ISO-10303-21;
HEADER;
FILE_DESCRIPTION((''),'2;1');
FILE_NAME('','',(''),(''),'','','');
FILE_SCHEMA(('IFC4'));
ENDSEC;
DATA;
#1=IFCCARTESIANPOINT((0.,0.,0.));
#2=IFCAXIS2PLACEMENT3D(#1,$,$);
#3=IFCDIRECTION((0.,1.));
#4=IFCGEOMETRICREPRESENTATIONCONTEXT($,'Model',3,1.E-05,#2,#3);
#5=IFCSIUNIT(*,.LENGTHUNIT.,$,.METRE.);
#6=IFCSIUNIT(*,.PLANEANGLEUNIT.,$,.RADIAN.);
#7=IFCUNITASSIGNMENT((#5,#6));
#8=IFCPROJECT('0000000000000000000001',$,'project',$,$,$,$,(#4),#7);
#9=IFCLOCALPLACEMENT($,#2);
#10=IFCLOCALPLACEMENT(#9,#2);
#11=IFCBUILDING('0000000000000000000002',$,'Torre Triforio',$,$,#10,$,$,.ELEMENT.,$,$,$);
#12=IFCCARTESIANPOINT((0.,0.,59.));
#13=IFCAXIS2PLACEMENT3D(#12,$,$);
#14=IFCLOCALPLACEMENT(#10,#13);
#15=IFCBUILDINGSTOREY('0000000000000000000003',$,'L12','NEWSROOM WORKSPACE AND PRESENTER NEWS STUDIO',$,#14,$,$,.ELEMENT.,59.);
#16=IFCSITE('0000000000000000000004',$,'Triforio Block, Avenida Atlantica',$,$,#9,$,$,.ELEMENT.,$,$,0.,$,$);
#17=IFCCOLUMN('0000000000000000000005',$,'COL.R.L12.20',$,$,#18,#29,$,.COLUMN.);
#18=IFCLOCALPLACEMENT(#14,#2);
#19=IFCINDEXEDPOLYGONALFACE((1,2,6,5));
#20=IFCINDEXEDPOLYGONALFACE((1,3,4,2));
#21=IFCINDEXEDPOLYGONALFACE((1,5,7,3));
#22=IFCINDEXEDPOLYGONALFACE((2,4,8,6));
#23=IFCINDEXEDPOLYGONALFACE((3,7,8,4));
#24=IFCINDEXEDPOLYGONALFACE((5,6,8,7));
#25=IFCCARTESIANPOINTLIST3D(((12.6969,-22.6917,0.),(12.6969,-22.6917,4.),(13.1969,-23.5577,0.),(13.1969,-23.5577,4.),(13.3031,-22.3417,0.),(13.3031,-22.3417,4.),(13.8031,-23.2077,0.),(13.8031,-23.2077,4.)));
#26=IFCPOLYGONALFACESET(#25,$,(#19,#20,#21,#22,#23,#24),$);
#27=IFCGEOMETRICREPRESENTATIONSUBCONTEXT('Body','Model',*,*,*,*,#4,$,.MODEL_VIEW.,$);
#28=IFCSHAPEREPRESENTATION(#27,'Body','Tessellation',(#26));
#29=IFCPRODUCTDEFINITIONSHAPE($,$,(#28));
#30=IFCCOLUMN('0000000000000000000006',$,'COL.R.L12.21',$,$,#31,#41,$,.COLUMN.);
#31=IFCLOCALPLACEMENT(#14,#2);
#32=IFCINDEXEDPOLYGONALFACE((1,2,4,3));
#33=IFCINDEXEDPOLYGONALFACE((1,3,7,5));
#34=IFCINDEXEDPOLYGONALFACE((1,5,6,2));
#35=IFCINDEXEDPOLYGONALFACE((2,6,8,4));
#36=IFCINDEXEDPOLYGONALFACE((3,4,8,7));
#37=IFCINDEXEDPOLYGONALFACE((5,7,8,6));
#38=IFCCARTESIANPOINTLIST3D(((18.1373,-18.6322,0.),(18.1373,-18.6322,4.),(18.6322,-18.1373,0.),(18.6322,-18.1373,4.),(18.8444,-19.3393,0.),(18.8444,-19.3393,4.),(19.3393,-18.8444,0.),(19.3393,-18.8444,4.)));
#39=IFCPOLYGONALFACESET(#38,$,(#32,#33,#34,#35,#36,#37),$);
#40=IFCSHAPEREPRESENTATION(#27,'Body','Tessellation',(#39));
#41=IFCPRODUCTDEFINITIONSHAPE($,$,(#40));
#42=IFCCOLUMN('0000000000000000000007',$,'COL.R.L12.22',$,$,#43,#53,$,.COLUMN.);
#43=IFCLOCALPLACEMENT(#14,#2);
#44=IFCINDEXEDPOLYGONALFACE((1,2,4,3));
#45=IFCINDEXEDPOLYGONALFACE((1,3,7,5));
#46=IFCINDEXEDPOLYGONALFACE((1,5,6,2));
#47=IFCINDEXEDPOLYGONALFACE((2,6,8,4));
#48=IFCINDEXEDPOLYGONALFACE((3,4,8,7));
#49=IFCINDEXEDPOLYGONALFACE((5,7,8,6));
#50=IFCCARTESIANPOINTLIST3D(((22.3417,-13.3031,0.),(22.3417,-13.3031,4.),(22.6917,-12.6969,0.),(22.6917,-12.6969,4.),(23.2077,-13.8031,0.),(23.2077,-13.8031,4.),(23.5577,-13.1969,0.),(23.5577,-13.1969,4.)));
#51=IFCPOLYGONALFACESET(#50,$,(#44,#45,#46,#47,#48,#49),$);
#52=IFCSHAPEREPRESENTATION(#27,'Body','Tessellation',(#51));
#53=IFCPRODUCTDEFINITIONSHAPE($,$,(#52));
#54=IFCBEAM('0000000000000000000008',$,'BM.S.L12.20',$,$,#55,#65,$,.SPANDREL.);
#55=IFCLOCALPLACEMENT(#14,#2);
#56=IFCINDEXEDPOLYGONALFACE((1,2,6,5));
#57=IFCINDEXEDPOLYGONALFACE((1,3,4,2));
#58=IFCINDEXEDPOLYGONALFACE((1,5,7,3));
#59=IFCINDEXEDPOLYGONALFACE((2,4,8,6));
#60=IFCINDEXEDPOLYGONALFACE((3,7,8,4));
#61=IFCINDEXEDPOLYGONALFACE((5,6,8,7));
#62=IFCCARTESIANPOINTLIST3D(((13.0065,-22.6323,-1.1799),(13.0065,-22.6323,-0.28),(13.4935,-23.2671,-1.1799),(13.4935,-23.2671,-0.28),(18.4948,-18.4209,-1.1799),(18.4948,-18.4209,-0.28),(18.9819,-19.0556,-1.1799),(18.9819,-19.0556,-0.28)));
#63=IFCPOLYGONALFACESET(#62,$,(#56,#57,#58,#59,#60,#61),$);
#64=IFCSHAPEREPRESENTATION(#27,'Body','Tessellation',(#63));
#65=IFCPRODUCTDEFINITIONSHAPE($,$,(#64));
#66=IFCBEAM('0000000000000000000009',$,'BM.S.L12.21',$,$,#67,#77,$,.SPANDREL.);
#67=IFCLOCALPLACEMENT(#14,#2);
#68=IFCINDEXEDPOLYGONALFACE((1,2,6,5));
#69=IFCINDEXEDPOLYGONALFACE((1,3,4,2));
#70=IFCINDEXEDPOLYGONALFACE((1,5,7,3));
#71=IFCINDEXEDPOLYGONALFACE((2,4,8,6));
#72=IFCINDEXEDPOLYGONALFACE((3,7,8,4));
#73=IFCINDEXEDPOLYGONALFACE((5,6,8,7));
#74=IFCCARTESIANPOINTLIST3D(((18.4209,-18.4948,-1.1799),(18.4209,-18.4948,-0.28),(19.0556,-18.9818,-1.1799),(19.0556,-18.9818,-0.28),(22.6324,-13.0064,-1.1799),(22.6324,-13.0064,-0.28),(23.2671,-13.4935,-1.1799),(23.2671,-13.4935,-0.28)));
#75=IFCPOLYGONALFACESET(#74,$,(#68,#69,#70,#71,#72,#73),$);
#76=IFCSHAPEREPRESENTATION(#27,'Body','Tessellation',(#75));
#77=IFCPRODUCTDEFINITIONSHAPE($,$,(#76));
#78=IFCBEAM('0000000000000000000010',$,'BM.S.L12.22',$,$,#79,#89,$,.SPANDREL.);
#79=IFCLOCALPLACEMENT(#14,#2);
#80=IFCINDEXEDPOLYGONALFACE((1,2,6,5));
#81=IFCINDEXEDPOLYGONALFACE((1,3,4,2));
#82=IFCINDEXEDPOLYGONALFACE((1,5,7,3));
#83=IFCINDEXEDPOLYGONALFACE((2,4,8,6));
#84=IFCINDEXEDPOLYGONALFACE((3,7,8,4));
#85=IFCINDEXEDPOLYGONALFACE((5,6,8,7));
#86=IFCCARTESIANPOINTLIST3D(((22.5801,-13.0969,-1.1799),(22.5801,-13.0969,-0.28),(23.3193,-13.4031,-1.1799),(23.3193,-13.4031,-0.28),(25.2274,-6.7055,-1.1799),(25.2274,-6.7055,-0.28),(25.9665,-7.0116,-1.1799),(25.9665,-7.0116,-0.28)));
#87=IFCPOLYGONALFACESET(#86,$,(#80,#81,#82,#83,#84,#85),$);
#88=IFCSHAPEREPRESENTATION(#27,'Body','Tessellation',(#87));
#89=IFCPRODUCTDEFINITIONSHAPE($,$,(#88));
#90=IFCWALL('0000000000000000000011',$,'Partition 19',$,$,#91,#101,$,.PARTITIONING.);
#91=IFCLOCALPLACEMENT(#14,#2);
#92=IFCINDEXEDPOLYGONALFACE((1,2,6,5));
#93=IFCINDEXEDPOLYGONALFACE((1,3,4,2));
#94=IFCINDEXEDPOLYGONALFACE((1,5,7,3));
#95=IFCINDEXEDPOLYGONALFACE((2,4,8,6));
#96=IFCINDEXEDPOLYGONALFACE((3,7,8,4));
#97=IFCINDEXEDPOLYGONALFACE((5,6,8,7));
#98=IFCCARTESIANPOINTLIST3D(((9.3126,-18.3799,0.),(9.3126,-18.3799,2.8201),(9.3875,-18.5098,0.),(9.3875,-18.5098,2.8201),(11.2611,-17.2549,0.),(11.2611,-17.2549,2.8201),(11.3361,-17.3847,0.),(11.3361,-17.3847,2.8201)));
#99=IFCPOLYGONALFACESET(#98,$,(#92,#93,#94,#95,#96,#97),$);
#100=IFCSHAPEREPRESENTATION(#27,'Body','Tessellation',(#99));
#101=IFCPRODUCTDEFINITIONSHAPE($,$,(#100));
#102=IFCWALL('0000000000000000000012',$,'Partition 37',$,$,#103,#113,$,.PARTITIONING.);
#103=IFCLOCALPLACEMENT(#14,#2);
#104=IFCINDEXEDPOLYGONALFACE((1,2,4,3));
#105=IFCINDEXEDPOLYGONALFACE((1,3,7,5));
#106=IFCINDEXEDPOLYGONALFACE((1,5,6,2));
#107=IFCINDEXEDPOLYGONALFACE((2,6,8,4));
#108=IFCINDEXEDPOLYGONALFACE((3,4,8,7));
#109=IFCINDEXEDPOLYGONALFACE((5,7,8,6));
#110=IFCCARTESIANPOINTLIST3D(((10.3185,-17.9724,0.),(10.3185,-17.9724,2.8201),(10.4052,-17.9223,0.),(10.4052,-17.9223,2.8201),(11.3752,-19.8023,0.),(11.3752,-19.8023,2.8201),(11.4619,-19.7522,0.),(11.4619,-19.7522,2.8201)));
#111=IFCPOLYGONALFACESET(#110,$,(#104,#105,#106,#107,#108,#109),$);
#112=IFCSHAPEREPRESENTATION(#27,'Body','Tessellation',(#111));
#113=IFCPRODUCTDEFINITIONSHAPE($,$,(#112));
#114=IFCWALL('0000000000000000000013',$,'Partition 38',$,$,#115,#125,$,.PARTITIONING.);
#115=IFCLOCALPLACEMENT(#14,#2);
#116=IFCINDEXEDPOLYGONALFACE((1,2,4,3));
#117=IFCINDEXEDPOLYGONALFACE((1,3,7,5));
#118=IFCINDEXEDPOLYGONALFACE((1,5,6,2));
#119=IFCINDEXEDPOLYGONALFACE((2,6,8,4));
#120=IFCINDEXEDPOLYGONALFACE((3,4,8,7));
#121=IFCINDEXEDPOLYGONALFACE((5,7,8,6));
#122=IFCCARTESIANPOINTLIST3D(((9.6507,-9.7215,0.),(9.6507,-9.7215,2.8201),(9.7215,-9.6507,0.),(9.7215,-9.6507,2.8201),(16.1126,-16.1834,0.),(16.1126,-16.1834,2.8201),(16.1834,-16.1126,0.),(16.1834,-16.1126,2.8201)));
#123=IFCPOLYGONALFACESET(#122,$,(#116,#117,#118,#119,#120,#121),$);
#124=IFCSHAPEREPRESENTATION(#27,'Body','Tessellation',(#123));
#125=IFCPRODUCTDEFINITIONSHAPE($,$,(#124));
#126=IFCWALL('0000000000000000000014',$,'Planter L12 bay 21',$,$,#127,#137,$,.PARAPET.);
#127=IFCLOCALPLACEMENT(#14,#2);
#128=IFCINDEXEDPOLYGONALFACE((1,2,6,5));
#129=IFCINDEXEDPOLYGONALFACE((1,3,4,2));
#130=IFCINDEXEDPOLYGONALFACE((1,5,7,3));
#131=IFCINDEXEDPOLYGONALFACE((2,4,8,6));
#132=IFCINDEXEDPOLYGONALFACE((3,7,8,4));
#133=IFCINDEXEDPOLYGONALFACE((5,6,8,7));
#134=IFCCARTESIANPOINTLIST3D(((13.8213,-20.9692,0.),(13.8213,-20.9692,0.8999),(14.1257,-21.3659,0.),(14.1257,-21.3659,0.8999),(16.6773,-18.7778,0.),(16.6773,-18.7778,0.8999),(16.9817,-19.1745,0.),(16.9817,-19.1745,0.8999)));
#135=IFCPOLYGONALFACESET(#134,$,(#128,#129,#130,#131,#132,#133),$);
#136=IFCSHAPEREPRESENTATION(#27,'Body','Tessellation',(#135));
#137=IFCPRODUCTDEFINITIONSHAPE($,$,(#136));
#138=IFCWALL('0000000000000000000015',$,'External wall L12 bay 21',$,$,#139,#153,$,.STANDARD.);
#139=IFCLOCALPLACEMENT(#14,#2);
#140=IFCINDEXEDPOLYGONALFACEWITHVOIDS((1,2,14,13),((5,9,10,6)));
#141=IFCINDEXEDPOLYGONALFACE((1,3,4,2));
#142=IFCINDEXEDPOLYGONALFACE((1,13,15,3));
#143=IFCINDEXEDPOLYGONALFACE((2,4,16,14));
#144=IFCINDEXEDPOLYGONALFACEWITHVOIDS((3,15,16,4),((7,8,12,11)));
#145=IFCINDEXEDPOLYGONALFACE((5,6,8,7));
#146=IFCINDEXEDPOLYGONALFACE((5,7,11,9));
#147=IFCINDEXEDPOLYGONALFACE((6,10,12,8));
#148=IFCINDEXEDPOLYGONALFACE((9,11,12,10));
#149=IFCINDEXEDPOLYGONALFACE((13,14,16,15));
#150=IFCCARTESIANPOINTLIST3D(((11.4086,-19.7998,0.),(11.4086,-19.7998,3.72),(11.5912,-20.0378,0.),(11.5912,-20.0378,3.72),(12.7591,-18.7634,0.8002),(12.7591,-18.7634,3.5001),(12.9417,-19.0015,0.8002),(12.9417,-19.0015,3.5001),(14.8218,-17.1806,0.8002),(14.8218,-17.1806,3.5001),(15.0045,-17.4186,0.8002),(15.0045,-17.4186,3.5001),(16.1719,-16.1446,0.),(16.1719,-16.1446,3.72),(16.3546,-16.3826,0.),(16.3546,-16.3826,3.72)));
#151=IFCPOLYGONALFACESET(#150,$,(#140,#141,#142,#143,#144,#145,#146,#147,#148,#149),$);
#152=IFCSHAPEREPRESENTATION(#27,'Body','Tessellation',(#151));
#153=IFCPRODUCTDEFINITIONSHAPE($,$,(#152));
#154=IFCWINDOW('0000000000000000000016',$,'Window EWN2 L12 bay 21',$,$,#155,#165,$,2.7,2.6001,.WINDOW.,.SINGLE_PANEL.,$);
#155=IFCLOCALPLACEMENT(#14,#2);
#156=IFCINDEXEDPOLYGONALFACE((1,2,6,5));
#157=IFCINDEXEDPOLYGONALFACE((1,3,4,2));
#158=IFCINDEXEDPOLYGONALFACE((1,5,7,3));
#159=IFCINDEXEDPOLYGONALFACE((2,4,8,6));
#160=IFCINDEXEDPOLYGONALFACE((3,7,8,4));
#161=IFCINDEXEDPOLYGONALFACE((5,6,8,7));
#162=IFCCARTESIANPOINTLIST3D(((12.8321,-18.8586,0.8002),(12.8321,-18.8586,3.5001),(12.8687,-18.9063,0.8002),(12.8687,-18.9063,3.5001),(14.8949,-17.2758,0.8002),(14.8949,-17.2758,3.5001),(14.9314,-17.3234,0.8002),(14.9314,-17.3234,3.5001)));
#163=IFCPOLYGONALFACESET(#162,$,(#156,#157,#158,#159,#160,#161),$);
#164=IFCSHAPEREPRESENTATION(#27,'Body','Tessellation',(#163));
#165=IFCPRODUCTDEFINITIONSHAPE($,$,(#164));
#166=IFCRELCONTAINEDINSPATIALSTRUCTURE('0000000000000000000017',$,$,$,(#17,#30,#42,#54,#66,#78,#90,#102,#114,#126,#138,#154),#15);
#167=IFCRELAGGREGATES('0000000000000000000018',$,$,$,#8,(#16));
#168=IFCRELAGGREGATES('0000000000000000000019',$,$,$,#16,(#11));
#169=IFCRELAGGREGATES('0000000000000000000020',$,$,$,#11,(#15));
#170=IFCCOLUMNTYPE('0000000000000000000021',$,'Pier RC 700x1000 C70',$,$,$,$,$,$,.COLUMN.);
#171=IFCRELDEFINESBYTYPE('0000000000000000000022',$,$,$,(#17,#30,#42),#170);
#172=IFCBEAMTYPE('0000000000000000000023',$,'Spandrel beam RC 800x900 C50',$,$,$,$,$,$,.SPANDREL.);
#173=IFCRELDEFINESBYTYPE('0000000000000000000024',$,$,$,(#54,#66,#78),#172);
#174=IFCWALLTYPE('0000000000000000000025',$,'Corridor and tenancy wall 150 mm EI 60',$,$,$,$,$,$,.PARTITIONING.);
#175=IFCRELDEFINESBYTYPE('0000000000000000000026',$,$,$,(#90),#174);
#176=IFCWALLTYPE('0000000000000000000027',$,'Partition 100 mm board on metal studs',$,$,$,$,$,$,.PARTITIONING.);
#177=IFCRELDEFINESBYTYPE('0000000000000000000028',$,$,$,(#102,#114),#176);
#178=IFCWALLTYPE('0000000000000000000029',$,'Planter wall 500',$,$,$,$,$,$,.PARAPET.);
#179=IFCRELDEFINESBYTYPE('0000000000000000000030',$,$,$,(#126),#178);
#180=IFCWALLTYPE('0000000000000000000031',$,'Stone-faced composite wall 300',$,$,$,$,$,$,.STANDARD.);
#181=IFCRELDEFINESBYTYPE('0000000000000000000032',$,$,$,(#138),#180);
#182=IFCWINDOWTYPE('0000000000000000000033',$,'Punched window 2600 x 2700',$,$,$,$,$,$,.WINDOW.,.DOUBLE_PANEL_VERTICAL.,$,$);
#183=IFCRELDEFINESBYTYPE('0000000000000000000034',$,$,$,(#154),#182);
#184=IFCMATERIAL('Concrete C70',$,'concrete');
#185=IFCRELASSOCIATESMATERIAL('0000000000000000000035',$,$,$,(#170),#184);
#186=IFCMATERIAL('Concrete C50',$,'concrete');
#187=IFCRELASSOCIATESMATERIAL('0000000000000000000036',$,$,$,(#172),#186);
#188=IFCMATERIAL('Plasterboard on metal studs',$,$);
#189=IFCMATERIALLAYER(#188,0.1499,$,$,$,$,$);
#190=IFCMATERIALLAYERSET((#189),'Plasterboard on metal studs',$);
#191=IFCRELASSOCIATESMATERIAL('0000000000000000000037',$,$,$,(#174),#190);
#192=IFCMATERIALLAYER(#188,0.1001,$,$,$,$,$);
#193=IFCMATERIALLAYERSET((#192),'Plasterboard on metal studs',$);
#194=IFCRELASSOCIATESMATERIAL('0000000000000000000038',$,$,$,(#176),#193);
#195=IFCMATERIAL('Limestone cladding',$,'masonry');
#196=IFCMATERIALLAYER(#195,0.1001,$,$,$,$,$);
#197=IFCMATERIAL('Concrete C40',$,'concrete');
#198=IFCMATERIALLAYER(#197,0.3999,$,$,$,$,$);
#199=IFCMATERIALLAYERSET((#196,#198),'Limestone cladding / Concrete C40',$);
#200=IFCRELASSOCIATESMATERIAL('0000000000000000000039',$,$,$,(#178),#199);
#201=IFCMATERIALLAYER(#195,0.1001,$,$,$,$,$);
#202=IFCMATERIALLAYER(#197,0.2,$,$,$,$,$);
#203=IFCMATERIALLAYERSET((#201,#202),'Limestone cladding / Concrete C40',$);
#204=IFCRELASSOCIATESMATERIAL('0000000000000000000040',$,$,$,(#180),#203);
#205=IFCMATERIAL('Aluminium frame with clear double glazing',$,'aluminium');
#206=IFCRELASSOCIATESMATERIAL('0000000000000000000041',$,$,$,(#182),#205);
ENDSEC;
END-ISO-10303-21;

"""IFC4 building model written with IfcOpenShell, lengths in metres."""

from ifc_helpers import new_model, si_unit, direction, frame, frame_2d, origin, origin_2d, place, context, subcontext, project, spatial, rectangle, extrude, material, layer, layer_set, material_profile, profile_set, type_object, element, fill, save


model = new_model("IFC4")

# Units and contexts
model_context = context("Model", 3, precision=1e-05, world=origin(), true_north=direction((0.0, 1.0)))
body_context = subcontext(model_context, "Body", "Model", "MODEL_VIEW")
ifc_project = project(units=[si_unit("LENGTHUNIT", "METRE"), si_unit("PLANEANGLEUNIT", "RADIAN")], contexts=[model_context])

# Site, building, storey
site_placement = place(None, origin())
site = spatial("IfcSite", under=ifc_project, at=site_placement, Name="Triforio Block, Avenida Atlantica", CompositionType="ELEMENT", RefElevation=0.0)
building_placement = place(site_placement, origin())
building = spatial("IfcBuilding", under=site, at=building_placement, Name="Torre Triforio", CompositionType="ELEMENT")
storey_placement = place(building_placement, frame((0.0, 0.0, 59.0)))
storey = spatial("IfcBuildingStorey", under=building, at=storey_placement, Name="L12", Description="NEWSROOM WORKSPACE AND PRESENTER NEWS STUDIO", CompositionType="ELEMENT", Elevation=59.0)

# Columns
ifc_material_1 = material(Name="Concrete C70", Category="concrete")
ifc_material_profile_1 = material_profile(ifc_material_1, rectangle(XDim=0.7, YDim=1.0, at=origin_2d()), Name="RC 700x1000")
ifc_profile_set_1 = profile_set([ifc_material_profile_1], Name="Concrete C70")
column_type = type_object("IfcColumnType", Name="Pier RC 700x1000 C70", PredefinedType="COLUMN", material=ifc_profile_set_1)
for number, where, z_axis, x_axis, name in (
    (1, (13.25, -22.9497, 0.0), (0.0, 0.0, 1.0), (0.866025, 0.5, 0.0), "COL.R.L12.20"),
    (2, (18.7383, -18.7383, 0.0), (0.0, 0.0, 1.0), (0.707107, 0.707107, 0.0), "COL.R.L12.21"),
    (3, (22.9497, -13.25, 0.0), (0.0, 0.0, 1.0), (0.5, 0.866025, 0.0), "COL.R.L12.22"),
):
    element("IfcColumn", number, at=place(storey_placement, frame(where, z_axis=z_axis, x_axis=x_axis)), inside=storey, type_object=column_type, Name=name, PredefinedType="COLUMN", context=body_context, shape_type="SweptSolid", body=[
        extrude(rectangle(XDim=0.7, YDim=1.0, at=origin_2d()), origin(), (0.0, 0.0, 1.0), 4.0),
    ])

# Beams
ifc_material_2 = material(Name="Concrete C50", Category="concrete")
ifc_material_profile_2 = material_profile(ifc_material_2, rectangle(XDim=0.8, YDim=0.8999, at=origin_2d()), Name="RC 800x900")
ifc_profile_set_2 = profile_set([ifc_material_profile_2], Name="Concrete C50")
beam_type = type_object("IfcBeamType", Name="Spandrel beam RC 800x900 C50", PredefinedType="SPANDREL", material=ifc_profile_set_2)
for number, where, z_axis, x_axis, name in (
    (4, (13.25, -22.9497, -0.73), (0.793345, 0.608772, 0.0), (-0.608772, 0.793345, 0.0), "BM.S.L12.20"),
    (5, (18.7383, -18.7383, -0.73), (0.608772, 0.793345, 0.0), (-0.793345, 0.608772, 0.0), "BM.S.L12.21"),
    (6, (22.9497, -13.25, -0.73), (0.382662, 0.923888, 0.0), (-0.923888, 0.382662, 0.0), "BM.S.L12.22"),
):
    element("IfcBeam", number, at=place(storey_placement, frame(where, z_axis=z_axis, x_axis=x_axis)), inside=storey, type_object=beam_type, Name=name, PredefinedType="SPANDREL", context=body_context, shape_type="SweptSolid", body=[
        extrude(rectangle(XDim=0.8, YDim=0.8999, at=origin_2d()), origin(), (0.0, 0.0, 1.0), 6.918),
    ])

# Walls
ifc_material_3 = material(Name="Plasterboard on metal studs")
ifc_layer_1 = layer(ifc_material_3, 0.1499)
ifc_layer_set_1 = layer_set([ifc_layer_1], Name="Plasterboard on metal studs")
wall_type_1 = type_object("IfcWallType", Name="Corridor and tenancy wall 150 mm EI 60", PredefinedType="PARTITIONING", material=ifc_layer_set_1)
wall_1_placement = place(storey_placement, frame((11.2986, -17.3198, 0.0), z_axis=(0.0, 0.0, 1.0), x_axis=(-0.866018, -0.500014, 0.0)))
element("IfcWall", 7, at=wall_1_placement, inside=storey, type_object=wall_type_1, Name="Partition 19", PredefinedType="PARTITIONING", context=body_context, shape_type="SweptSolid", body=[
    extrude(rectangle(XDim=2.25, YDim=0.1499, at=frame_2d((1.125, 0.0))), origin(), (0.0, 0.0, 1.0), 2.8201),
])
ifc_layer_2 = layer(ifc_material_3, 0.1001)
ifc_layer_set_2 = layer_set([ifc_layer_2], Name="Plasterboard on metal studs")
wall_type_2 = type_object("IfcWallType", Name="Partition 100 mm board on metal studs", PredefinedType="PARTITIONING", material=ifc_layer_set_2)
wall_2_placement = place(storey_placement, frame((10.3618, -17.9473, 0.0), z_axis=(0.0, 0.0, 1.0), x_axis=(0.500066, -0.865987, 0.0)))
element("IfcWall", 8, at=wall_2_placement, inside=storey, type_object=wall_type_2, Name="Partition 37", PredefinedType="PARTITIONING", context=body_context, shape_type="SweptSolid", body=[
    extrude(rectangle(XDim=2.113, YDim=0.1001, at=frame_2d((1.0566, 0.0))), origin(), (0.0, 0.0, 1.0), 2.8201),
])
wall_3_placement = place(storey_placement, frame((9.686, -9.686, 0.0), z_axis=(0.0, 0.0, 1.0), x_axis=(0.707107, -0.707107, 0.0)))
element("IfcWall", 9, at=wall_3_placement, inside=storey, type_object=wall_type_2, Name="Partition 38", PredefinedType="PARTITIONING", context=body_context, shape_type="SweptSolid", body=[
    extrude(rectangle(XDim=9.1384, YDim=0.1001, at=frame_2d((4.5693, 0.0))), origin(), (0.0, 0.0, 1.0), 2.8201),
])
ifc_material_4 = material(Name="Limestone cladding", Category="masonry")
ifc_layer_3 = layer(ifc_material_4, 0.1001)
ifc_material_5 = material(Name="Concrete C40", Category="concrete")
ifc_layer_4 = layer(ifc_material_5, 0.3999)
ifc_layer_set_3 = layer_set([ifc_layer_3, ifc_layer_4], Name="Limestone cladding / Concrete C40")
wall_type_3 = type_object("IfcWallType", Name="Planter wall 500", PredefinedType="PARAPET", material=ifc_layer_set_3)
wall_4_placement = place(storey_placement, frame((13.9736, -21.1675, 0.0), z_axis=(0.0, 0.0, 1.0), x_axis=(0.79336, 0.608753, 0.0)))
element("IfcWall", 10, at=wall_4_placement, inside=storey, type_object=wall_type_3, Name="Planter L12 bay 21", PredefinedType="PARAPET", context=body_context, shape_type="SweptSolid", body=[
    extrude(rectangle(XDim=3.5999, YDim=0.5, at=frame_2d((1.7998, 0.0))), origin(), (0.0, 0.0, 1.0), 0.8999),
])

# Wall, opening, window
ifc_layer_5 = layer(ifc_material_4, 0.1001)
ifc_layer_6 = layer(ifc_material_5, 0.2)
ifc_layer_set_4 = layer_set([ifc_layer_5, ifc_layer_6], Name="Limestone cladding / Concrete C40")
wall_type_4 = type_object("IfcWallType", Name="Stone-faced composite wall 300", PredefinedType="STANDARD", material=ifc_layer_set_4)
wall_5_placement = place(storey_placement, frame((11.5, -19.9187, 0.0), z_axis=(0.0, 0.0, 1.0), x_axis=(0.79334, 0.608779, 0.0)))
wall_5 = element("IfcWall", 11, at=wall_5_placement, inside=storey, type_object=wall_type_4, Name="External wall L12 bay 21", PredefinedType="STANDARD", context=body_context, shape_type="SweptSolid", body=[
    extrude(rectangle(XDim=6.0042, YDim=0.3, at=frame_2d((3.002, 0.0))), origin(), (0.0, 0.0, 1.0), 3.72),
])
opening_1_placement = place(wall_5_placement, frame((1.7021, 0.0, 0.8)))
opening_1 = element("IfcOpeningElement", 12, at=opening_1_placement, cuts=wall_5, PredefinedType="OPENING", context=body_context, shape_type="SweptSolid", body=[
    extrude(rectangle(XDim=2.6001, YDim=2.7, at=frame_2d((1.3, 1.3501))), frame((0.0, 0.1599, 0.0), z_axis=(0.0, -1.0, 0.0), x_axis=(1.0, 0.0, 0.0)), (0.0, 0.0, 1.0), 0.3201),
])
ifc_material_6 = material(Name="Aluminium frame with clear double glazing", Category="aluminium")
window_type_1 = type_object("IfcWindowType", Name="Punched window 2600 x 2700", PartitioningType="DOUBLE_PANEL_VERTICAL", PredefinedType="WINDOW", material=ifc_material_6)
window_1_placement = place(opening_1_placement, origin())
window_1 = element("IfcWindow", 13, at=window_1_placement, inside=storey, type_object=window_type_1, Name="Window EWN2 L12 bay 21", OverallHeight=2.7, OverallWidth=2.6001, PartitioningType="SINGLE_PANEL", PredefinedType="WINDOW", context=body_context, shape_type="SweptSolid", body=[
    extrude(rectangle(XDim=2.6001, YDim=2.7, at=frame_2d((1.3, 1.3501))), frame((0.0, 0.03, 0.0), z_axis=(0.0, -1.0, 0.0), x_axis=(1.0, 0.0, 0.0)), (0.0, 0.0, 1.0), 0.0601),
])
fill(opening_1, window_1)

save(model, "model.ifc")
